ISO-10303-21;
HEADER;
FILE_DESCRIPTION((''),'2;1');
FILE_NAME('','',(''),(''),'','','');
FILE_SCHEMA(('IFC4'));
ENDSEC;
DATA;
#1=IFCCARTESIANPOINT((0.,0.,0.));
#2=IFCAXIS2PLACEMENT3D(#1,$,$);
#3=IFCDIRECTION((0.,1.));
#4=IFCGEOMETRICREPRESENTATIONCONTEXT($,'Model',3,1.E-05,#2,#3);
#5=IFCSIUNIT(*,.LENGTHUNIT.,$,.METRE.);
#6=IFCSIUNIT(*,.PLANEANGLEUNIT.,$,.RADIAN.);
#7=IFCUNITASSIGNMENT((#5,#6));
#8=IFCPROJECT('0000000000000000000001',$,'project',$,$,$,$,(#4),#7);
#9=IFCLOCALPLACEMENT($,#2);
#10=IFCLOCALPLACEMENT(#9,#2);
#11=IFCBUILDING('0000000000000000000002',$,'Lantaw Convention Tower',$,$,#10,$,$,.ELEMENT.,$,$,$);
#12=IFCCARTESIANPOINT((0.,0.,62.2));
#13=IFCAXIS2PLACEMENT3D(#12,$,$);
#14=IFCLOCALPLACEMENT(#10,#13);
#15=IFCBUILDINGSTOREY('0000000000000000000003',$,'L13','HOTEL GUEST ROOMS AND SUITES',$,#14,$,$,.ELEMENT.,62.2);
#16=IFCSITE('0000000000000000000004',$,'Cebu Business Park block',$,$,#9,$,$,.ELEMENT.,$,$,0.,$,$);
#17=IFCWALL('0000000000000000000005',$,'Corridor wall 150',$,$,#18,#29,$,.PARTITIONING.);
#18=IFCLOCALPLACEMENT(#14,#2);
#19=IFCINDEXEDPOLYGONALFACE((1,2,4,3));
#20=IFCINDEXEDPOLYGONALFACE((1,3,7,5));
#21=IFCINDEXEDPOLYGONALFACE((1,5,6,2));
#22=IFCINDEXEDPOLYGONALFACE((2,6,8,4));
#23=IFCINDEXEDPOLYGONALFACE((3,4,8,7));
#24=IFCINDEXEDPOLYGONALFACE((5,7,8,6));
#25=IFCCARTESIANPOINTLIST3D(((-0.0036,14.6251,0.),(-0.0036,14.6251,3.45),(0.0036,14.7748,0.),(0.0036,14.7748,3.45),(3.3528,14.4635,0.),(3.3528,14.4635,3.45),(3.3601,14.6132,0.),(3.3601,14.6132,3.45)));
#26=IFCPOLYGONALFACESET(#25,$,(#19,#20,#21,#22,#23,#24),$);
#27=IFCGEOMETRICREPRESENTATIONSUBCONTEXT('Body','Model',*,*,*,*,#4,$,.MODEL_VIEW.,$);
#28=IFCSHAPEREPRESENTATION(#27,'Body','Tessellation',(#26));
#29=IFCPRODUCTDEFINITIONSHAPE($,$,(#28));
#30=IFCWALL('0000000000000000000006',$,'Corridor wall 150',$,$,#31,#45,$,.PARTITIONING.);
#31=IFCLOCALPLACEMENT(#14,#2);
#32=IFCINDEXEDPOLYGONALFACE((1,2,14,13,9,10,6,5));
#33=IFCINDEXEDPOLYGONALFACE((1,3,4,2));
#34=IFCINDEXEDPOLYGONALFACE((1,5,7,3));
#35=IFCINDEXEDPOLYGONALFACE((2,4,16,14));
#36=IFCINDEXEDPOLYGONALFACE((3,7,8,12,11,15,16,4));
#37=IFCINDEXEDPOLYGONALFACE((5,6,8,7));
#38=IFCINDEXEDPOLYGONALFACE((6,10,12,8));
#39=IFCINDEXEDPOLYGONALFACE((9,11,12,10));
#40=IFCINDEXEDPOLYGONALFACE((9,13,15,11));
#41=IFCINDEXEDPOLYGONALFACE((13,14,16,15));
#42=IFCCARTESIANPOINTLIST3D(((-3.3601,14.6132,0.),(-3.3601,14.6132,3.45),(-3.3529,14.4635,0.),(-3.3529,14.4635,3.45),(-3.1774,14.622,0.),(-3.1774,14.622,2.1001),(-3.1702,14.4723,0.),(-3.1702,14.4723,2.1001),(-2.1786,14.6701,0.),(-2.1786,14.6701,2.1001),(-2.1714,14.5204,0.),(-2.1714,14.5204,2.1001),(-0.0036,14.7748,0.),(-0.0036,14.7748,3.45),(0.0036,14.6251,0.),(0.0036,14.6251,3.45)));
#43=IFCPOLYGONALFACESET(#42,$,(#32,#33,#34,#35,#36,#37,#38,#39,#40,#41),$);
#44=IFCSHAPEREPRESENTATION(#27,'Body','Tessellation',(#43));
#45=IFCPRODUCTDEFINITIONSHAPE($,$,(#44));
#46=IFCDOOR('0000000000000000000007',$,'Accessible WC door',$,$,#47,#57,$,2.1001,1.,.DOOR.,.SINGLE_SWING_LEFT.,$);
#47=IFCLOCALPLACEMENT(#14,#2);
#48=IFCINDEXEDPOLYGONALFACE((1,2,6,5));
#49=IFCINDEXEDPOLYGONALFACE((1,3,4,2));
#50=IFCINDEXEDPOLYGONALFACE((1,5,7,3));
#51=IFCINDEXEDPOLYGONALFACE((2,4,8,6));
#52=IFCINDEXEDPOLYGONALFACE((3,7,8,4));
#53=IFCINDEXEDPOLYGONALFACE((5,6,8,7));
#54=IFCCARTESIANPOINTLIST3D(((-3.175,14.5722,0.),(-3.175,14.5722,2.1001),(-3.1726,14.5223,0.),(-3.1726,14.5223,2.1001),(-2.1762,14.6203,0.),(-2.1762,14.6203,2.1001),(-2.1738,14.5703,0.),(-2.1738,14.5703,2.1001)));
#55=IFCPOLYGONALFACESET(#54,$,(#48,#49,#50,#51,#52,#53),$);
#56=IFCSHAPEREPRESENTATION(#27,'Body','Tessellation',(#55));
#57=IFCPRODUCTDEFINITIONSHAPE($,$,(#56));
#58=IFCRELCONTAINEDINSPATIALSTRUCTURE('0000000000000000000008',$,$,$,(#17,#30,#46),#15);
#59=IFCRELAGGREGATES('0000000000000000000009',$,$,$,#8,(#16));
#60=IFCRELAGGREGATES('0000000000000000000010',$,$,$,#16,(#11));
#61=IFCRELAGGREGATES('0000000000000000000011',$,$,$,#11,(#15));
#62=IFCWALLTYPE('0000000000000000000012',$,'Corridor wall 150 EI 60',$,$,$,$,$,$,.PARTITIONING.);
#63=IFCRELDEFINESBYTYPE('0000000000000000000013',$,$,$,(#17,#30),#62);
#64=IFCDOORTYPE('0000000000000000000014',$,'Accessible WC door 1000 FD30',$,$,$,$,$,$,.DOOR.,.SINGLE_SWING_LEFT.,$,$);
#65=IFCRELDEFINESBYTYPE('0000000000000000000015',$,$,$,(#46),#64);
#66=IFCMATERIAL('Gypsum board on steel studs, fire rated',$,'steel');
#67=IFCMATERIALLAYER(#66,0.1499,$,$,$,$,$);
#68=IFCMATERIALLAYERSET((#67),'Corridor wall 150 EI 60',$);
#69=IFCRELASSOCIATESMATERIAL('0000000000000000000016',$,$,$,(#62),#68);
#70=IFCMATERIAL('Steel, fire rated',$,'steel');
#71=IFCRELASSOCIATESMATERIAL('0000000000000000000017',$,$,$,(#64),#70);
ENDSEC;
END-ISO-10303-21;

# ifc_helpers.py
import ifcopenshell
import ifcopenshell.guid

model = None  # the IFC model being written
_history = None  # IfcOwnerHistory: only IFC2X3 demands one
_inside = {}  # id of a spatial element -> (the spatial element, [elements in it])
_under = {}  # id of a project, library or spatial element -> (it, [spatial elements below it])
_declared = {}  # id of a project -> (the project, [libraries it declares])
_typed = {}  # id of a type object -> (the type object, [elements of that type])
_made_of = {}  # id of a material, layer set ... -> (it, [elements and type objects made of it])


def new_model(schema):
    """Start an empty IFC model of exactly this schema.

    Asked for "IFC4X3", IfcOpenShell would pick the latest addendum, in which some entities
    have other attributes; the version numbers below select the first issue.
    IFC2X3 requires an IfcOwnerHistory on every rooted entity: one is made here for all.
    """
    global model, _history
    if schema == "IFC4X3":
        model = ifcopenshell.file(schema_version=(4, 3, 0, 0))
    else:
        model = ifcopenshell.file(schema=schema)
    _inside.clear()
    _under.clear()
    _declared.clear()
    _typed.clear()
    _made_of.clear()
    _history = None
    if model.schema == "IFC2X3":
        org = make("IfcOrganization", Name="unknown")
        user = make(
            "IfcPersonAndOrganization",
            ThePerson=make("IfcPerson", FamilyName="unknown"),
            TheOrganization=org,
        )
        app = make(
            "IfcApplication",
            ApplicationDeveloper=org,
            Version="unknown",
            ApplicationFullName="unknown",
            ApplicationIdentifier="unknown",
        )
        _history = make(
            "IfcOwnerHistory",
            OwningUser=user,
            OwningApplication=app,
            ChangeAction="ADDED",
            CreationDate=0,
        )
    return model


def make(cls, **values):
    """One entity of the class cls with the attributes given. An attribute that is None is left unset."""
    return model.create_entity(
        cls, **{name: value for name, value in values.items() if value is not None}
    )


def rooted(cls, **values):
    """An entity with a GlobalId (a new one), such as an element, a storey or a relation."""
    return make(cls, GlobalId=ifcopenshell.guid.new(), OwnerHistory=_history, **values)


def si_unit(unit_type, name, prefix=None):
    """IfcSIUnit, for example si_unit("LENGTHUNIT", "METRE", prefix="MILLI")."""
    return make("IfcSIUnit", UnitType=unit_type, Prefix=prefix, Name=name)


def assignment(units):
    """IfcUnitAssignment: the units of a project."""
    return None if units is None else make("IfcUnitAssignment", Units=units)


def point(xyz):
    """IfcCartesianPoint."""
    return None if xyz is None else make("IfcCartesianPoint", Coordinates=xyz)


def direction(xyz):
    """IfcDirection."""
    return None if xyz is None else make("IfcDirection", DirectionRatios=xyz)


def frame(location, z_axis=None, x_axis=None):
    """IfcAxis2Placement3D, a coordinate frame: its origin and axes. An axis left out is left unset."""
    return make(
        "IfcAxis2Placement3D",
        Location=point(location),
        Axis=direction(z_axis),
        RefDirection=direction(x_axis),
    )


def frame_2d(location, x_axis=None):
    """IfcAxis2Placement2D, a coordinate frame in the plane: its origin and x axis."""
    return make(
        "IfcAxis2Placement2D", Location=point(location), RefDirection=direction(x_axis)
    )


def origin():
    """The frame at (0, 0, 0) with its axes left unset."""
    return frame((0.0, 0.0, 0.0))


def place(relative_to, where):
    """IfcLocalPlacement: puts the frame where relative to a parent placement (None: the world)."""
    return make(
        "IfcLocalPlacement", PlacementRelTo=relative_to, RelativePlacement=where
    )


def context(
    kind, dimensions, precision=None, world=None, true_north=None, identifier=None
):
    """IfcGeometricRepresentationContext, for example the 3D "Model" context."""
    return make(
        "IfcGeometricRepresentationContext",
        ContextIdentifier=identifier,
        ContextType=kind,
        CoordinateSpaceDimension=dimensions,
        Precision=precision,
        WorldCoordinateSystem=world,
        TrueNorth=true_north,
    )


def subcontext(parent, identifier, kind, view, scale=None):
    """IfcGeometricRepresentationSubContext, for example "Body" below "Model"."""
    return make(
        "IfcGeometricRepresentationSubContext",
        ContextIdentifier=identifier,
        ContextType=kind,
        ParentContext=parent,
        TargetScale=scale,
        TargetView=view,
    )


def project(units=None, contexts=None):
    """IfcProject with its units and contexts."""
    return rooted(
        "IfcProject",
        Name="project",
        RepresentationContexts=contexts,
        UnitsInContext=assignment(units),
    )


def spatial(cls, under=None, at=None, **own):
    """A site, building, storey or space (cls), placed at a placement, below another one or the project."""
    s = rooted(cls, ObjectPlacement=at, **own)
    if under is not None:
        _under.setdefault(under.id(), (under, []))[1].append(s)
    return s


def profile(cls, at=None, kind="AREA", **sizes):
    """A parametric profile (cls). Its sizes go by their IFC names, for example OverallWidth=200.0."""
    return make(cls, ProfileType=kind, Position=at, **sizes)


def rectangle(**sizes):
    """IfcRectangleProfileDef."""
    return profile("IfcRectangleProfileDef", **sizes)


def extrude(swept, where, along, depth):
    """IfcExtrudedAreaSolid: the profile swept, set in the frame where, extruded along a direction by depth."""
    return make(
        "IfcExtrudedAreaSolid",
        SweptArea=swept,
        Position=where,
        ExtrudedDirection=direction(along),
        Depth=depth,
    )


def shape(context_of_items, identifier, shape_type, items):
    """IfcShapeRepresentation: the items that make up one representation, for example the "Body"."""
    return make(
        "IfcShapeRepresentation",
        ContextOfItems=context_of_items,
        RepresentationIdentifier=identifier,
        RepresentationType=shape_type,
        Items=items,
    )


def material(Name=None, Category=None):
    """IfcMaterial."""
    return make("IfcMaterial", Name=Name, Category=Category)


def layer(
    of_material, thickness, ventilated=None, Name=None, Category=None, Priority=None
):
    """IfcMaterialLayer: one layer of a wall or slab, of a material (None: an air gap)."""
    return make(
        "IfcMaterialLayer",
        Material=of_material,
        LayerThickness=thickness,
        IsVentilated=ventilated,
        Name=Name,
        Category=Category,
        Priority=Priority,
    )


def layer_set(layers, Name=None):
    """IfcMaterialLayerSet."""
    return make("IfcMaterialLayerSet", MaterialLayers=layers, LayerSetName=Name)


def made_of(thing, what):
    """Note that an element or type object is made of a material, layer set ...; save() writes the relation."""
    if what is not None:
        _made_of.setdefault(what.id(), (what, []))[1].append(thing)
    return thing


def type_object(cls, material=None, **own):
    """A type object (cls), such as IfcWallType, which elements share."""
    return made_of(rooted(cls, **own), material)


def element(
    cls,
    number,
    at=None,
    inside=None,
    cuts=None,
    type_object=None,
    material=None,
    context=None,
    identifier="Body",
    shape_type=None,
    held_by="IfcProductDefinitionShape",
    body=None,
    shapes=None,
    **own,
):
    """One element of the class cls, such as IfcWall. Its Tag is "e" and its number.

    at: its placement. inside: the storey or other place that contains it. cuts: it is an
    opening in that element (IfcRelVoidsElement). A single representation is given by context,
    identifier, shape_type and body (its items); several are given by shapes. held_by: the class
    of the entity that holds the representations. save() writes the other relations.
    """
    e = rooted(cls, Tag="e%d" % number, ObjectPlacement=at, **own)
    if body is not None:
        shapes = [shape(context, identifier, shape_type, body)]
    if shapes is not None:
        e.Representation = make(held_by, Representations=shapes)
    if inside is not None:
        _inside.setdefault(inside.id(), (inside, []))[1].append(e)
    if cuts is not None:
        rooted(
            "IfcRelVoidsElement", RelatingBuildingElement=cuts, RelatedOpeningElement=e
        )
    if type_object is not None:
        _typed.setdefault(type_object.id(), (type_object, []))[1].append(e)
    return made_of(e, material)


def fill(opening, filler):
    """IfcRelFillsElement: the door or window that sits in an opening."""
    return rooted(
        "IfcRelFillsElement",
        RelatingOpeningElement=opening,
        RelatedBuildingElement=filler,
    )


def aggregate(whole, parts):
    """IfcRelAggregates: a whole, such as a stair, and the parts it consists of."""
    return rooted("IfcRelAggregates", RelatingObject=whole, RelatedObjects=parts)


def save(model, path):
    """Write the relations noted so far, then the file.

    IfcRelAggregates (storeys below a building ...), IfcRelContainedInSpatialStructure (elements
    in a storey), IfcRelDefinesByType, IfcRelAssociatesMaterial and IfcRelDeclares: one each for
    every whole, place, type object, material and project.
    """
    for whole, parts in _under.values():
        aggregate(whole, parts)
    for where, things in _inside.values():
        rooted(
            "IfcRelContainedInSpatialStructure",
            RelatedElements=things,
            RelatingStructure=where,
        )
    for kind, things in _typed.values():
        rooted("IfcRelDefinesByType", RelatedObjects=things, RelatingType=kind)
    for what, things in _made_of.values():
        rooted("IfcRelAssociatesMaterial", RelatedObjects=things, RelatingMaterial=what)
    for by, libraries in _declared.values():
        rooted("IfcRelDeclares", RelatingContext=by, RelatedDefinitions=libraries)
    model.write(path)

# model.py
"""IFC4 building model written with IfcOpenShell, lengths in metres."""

from ifc_helpers import new_model, si_unit, direction, frame, frame_2d, origin, place, context, subcontext, project, spatial, rectangle, extrude, material, layer, layer_set, type_object, element, fill, save


model = new_model("IFC4")

# Units and contexts
model_context = context("Model", 3, precision=1e-05, world=origin(), true_north=direction((0.0, 1.0)))
body_context = subcontext(model_context, "Body", "Model", "MODEL_VIEW")
ifc_project = project(units=[si_unit("LENGTHUNIT", "METRE"), si_unit("PLANEANGLEUNIT", "RADIAN")], contexts=[model_context])

# Site, building, storey
site_placement = place(None, origin())
site = spatial("IfcSite", under=ifc_project, at=site_placement, Name="Cebu Business Park block", CompositionType="ELEMENT", RefElevation=0.0)
building_placement = place(site_placement, origin())
building = spatial("IfcBuilding", under=site, at=building_placement, Name="Lantaw Convention Tower", CompositionType="ELEMENT")
storey_placement = place(building_placement, frame((0.0, 0.0, 62.2)))
storey = spatial("IfcBuildingStorey", under=building, at=storey_placement, Name="L13", Description="HOTEL GUEST ROOMS AND SUITES", CompositionType="ELEMENT", Elevation=62.2)

# Shared definitions
ifc_material_1 = material(Name="Gypsum board on steel studs, fire rated", Category="steel")
ifc_layer_1 = layer(ifc_material_1, 0.1499)
ifc_layer_set_1 = layer_set([ifc_layer_1], Name="Corridor wall 150 EI 60")
wall_type_1 = type_object("IfcWallType", Name="Corridor wall 150 EI 60", PredefinedType="PARTITIONING", material=ifc_layer_set_1)

# Shared definitions
ifc_material_2 = material(Name="Steel, fire rated", Category="steel")

# Wall
wall_1_placement = place(storey_placement, frame((3.3564, 14.5383, 0.0), z_axis=(0.0, 0.0, 1.0), x_axis=(-0.998843, 0.048097, 0.0)))
element("IfcWall", 1, at=wall_1_placement, inside=storey, type_object=wall_type_1, Name="Corridor wall 150", PredefinedType="PARTITIONING", context=body_context, shape_type="SweptSolid", body=[
    extrude(rectangle(XDim=3.3604, YDim=0.1499, at=frame_2d((1.6802, 0.0))), origin(), (0.0, 0.0, 1.0), 3.45),
])

# Wall, opening, door
wall_2_placement = place(storey_placement, frame((0.0, 14.7, 0.0), z_axis=(0.0, 0.0, 1.0), x_axis=(-0.998843, -0.048097, 0.0)))
wall_2 = element("IfcWall", 2, at=wall_2_placement, inside=storey, type_object=wall_type_1, Name="Corridor wall 150", PredefinedType="PARTITIONING", context=body_context, shape_type="SweptSolid", body=[
    extrude(rectangle(XDim=3.3604, YDim=0.1499, at=frame_2d((1.6802, 0.0))), origin(), (0.0, 0.0, 1.0), 3.45),
])
opening_1_placement = place(wall_2_placement, frame((2.1775, 0.0, 0.0)))
opening_1 = element("IfcOpeningElement", 3, at=opening_1_placement, cuts=wall_2, PredefinedType="OPENING", context=body_context, shape_type="SweptSolid", body=[
    extrude(rectangle(XDim=1.0, YDim=2.1001, at=frame_2d((0.5, 1.05))), frame((0.0, 0.085, 0.0), z_axis=(0.0, -1.0, 0.0), x_axis=(1.0, 0.0, 0.0)), (0.0, 0.0, 1.0), 0.1699),
])
door_type_1 = type_object("IfcDoorType", Name="Accessible WC door 1000 FD30", OperationType="SINGLE_SWING_LEFT", PredefinedType="DOOR", material=ifc_material_2)
door_1_placement = place(opening_1_placement, origin())
door_1 = element("IfcDoor", 4, at=door_1_placement, inside=storey, type_object=door_type_1, Name="Accessible WC door", OperationType="SINGLE_SWING_LEFT", OverallHeight=2.1001, OverallWidth=1.0, PredefinedType="DOOR", context=body_context, shape_type="SweptSolid", body=[
    extrude(rectangle(XDim=1.0, YDim=2.1001, at=frame_2d((0.5, 1.05))), frame((0.0, 0.0249, 0.0), z_axis=(0.0, -1.0, 0.0), x_axis=(1.0, 0.0, 0.0)), (0.0, 0.0, 1.0), 0.05),
])
fill(opening_1, door_1)

save(model, "model.ifc")
